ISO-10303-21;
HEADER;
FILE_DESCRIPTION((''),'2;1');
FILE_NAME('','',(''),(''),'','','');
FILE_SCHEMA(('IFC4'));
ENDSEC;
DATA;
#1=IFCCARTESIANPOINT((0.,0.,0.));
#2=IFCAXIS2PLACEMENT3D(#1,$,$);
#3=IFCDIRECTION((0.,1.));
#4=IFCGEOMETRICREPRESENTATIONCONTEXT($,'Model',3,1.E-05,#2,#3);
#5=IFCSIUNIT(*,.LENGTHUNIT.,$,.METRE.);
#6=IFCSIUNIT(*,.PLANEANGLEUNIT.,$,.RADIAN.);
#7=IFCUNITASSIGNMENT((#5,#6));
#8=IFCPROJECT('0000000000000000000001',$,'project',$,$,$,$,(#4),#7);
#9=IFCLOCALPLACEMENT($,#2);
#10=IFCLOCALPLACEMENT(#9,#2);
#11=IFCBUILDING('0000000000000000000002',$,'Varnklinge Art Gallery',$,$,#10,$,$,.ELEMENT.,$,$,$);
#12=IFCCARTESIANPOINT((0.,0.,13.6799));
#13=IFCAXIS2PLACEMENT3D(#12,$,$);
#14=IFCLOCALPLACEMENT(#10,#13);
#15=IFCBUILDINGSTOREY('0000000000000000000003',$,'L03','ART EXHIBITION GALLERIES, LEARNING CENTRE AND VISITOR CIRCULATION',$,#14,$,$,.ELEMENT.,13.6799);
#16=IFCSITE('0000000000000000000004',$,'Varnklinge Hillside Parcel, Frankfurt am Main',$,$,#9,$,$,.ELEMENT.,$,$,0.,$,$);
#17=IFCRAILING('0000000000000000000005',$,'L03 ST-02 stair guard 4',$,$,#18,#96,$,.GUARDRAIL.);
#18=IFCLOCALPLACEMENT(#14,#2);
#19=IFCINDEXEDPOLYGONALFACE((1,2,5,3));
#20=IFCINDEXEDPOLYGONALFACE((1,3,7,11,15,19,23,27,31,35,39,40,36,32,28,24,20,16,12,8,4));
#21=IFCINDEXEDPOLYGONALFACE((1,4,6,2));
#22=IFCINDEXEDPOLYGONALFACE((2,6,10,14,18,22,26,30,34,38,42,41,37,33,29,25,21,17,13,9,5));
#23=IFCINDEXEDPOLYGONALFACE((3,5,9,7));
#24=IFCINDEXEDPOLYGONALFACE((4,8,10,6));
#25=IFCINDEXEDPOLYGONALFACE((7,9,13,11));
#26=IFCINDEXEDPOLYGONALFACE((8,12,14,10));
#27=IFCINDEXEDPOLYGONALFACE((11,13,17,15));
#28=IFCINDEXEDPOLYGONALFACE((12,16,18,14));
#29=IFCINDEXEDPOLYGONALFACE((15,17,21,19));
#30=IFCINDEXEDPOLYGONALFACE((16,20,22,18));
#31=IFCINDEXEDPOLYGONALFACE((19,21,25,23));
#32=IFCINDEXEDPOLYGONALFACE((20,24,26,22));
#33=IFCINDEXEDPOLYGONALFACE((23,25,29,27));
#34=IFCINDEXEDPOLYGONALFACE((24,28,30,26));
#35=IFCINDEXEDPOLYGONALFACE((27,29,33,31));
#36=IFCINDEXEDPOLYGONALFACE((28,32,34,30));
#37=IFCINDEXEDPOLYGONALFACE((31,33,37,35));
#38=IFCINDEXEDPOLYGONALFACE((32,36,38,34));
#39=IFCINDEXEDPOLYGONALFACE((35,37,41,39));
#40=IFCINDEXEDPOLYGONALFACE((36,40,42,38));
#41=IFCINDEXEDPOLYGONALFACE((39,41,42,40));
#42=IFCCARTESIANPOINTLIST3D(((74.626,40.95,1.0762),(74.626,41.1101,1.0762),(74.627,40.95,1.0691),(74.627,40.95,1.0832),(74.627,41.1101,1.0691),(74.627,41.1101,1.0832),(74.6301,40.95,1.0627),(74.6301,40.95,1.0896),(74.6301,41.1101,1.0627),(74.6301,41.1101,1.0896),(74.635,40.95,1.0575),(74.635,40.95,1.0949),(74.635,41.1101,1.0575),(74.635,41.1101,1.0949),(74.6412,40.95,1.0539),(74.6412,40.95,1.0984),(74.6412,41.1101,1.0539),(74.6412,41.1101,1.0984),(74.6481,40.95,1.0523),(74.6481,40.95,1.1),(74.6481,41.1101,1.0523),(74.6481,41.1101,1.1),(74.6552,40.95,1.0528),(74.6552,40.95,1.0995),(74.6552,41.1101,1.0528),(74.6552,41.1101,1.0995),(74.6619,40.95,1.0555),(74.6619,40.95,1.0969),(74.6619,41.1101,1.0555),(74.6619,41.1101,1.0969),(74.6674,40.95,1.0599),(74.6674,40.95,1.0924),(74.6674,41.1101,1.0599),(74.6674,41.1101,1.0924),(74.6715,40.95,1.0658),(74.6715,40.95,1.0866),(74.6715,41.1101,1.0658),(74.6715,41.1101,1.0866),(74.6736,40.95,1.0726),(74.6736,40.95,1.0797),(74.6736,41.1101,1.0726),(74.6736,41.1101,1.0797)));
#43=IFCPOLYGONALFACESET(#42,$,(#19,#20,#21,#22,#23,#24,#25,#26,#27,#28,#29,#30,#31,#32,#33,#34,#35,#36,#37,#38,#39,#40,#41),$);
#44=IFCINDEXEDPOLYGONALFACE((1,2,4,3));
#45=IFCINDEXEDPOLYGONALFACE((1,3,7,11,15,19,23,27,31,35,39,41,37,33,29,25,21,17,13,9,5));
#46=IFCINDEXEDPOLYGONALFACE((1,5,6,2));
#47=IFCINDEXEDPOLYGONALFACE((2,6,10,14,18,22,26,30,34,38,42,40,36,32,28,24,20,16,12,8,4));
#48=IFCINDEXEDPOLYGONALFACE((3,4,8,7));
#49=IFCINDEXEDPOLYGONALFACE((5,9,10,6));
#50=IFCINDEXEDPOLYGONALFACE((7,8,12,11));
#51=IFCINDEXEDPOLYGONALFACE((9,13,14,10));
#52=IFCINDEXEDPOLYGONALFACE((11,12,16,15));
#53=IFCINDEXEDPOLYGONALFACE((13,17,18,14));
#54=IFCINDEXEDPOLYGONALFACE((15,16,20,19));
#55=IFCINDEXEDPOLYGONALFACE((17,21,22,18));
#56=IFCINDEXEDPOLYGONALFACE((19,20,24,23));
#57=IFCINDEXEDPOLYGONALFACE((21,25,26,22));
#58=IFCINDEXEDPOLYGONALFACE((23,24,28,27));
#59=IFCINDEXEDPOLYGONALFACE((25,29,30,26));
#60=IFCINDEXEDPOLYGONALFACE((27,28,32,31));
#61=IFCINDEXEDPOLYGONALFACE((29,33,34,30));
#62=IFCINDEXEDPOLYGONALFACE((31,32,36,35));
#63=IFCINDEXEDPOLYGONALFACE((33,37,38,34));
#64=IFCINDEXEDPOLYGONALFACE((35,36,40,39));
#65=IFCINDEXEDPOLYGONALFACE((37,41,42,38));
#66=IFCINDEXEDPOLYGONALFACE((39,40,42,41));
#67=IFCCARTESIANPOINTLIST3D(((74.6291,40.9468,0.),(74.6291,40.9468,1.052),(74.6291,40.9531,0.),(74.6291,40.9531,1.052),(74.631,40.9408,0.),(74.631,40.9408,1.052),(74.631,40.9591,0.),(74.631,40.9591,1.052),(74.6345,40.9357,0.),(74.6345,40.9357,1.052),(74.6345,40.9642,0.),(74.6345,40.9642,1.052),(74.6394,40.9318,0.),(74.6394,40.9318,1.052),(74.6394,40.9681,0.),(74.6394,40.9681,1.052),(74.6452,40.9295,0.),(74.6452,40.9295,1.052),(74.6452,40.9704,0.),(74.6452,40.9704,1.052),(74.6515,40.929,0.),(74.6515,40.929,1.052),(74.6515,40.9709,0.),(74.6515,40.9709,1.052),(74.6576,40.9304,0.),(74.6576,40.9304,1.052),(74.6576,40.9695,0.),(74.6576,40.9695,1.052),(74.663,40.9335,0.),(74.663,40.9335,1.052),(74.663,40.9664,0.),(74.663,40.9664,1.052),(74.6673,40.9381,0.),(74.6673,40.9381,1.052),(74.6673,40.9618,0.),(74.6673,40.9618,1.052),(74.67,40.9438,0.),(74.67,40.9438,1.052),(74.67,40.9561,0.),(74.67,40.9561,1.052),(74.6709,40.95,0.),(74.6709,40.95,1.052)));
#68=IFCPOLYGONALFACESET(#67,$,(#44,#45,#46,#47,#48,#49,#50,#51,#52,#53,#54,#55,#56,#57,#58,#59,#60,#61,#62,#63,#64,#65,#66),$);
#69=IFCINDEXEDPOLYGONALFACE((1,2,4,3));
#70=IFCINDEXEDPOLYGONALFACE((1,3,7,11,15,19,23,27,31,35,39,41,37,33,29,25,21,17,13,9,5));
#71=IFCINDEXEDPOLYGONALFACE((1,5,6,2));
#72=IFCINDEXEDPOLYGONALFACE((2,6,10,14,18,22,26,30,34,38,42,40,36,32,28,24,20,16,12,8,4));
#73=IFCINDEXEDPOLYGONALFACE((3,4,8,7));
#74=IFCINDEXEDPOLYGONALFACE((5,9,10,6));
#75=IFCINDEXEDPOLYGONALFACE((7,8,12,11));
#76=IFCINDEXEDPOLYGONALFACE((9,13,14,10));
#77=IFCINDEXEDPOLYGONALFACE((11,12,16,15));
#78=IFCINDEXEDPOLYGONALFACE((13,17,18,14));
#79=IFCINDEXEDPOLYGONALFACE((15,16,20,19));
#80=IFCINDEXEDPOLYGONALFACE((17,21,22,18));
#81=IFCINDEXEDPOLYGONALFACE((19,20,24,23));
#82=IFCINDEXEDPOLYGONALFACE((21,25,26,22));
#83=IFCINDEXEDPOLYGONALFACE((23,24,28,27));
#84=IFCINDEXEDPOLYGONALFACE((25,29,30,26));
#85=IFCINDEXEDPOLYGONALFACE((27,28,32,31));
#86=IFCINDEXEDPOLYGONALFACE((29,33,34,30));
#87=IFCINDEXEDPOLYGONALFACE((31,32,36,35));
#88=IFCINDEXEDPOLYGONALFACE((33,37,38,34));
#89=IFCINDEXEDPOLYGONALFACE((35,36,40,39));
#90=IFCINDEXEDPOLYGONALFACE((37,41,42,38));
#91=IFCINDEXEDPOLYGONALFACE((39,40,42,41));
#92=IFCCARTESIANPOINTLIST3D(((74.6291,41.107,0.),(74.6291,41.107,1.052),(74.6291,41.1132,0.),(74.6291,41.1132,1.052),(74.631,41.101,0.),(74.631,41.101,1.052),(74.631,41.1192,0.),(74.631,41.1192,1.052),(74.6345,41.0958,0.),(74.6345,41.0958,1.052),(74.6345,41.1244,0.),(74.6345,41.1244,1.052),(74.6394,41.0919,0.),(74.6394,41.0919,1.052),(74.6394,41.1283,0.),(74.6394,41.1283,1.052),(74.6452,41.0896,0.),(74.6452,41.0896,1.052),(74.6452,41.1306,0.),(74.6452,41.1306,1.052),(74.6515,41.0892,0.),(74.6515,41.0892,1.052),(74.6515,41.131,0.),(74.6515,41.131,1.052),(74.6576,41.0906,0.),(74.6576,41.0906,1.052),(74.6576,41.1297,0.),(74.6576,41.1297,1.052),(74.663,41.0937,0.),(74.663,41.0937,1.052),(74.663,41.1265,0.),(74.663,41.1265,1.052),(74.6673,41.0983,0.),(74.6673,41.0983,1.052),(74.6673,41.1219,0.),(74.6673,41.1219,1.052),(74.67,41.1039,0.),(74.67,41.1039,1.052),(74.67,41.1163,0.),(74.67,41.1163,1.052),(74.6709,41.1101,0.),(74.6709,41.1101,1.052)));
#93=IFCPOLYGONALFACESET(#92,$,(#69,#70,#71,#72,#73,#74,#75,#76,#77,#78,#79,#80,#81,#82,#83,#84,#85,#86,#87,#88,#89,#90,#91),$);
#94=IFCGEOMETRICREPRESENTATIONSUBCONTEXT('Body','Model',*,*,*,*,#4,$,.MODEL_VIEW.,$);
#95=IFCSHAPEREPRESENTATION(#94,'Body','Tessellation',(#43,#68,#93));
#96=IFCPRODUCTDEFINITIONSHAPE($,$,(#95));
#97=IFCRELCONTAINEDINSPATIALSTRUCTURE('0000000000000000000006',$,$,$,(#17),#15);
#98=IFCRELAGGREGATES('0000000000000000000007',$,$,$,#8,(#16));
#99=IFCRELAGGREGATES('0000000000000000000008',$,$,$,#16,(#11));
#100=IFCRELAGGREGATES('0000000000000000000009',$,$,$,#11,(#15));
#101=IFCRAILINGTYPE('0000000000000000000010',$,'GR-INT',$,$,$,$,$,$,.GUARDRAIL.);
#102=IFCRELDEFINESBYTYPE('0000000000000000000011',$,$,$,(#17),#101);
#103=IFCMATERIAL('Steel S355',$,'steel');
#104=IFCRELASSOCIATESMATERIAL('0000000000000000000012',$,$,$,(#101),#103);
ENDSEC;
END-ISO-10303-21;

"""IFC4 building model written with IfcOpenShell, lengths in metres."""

from ifc_helpers import new_model, si_unit, direction, frame, origin, origin_2d, place, context, subcontext, project, spatial, circle, extrude, material, type_object, element, save


model = new_model("IFC4")

# Units and contexts
model_context = context("Model", 3, precision=1e-05, world=origin(), true_north=direction((0.0, 1.0)))
body_context = subcontext(model_context, "Body", "Model", "MODEL_VIEW")
ifc_project = project(units=[si_unit("LENGTHUNIT", "METRE"), si_unit("PLANEANGLEUNIT", "RADIAN")], contexts=[model_context])

# Site, building, storey
site_placement = place(None, origin())
site = spatial("IfcSite", under=ifc_project, at=site_placement, Name="Varnklinge Hillside Parcel, Frankfurt am Main", CompositionType="ELEMENT", RefElevation=0.0)
building_placement = place(site_placement, origin())
building = spatial("IfcBuilding", under=site, at=building_placement, Name="Varnklinge Art Gallery", CompositionType="ELEMENT")
storey_placement = place(building_placement, frame((0.0, 0.0, 13.6799)))
storey = spatial("IfcBuildingStorey", under=building, at=storey_placement, Name="L03", Description="ART EXHIBITION GALLERIES, LEARNING CENTRE AND VISITOR CIRCULATION", CompositionType="ELEMENT", Elevation=13.6799)

# Railing
ifc_material_1 = material(Name="Steel S355", Category="steel")
railing_type_1 = type_object("IfcRailingType", Name="GR-INT", PredefinedType="GUARDRAIL", material=ifc_material_1)
railing_1_placement = place(storey_placement, frame((74.6499, 40.95, 0.0)))
element("IfcRailing", 1, at=railing_1_placement, inside=storey, type_object=railing_type_1, Name="L03 ST-02 stair guard 4", PredefinedType="GUARDRAIL", context=body_context, shape_type="SweptSolid", body=[
    extrude(circle(Radius=0.0239, at=origin_2d()), frame((0.0, 0.0, 1.0762), z_axis=(0.0, 1.0, 0.0), x_axis=(-1.0, 0.0, 0.0)), (0.0, 0.0, 1.0), 0.1602),
    extrude(circle(Radius=0.021, at=origin_2d()), origin(), (0.0, 0.0, 1.0), 1.052),
    extrude(circle(Radius=0.021, at=origin_2d()), frame((0.0, 0.1602, 0.0)), (0.0, 0.0, 1.0), 1.052),
])

save(model, "model.ifc")
